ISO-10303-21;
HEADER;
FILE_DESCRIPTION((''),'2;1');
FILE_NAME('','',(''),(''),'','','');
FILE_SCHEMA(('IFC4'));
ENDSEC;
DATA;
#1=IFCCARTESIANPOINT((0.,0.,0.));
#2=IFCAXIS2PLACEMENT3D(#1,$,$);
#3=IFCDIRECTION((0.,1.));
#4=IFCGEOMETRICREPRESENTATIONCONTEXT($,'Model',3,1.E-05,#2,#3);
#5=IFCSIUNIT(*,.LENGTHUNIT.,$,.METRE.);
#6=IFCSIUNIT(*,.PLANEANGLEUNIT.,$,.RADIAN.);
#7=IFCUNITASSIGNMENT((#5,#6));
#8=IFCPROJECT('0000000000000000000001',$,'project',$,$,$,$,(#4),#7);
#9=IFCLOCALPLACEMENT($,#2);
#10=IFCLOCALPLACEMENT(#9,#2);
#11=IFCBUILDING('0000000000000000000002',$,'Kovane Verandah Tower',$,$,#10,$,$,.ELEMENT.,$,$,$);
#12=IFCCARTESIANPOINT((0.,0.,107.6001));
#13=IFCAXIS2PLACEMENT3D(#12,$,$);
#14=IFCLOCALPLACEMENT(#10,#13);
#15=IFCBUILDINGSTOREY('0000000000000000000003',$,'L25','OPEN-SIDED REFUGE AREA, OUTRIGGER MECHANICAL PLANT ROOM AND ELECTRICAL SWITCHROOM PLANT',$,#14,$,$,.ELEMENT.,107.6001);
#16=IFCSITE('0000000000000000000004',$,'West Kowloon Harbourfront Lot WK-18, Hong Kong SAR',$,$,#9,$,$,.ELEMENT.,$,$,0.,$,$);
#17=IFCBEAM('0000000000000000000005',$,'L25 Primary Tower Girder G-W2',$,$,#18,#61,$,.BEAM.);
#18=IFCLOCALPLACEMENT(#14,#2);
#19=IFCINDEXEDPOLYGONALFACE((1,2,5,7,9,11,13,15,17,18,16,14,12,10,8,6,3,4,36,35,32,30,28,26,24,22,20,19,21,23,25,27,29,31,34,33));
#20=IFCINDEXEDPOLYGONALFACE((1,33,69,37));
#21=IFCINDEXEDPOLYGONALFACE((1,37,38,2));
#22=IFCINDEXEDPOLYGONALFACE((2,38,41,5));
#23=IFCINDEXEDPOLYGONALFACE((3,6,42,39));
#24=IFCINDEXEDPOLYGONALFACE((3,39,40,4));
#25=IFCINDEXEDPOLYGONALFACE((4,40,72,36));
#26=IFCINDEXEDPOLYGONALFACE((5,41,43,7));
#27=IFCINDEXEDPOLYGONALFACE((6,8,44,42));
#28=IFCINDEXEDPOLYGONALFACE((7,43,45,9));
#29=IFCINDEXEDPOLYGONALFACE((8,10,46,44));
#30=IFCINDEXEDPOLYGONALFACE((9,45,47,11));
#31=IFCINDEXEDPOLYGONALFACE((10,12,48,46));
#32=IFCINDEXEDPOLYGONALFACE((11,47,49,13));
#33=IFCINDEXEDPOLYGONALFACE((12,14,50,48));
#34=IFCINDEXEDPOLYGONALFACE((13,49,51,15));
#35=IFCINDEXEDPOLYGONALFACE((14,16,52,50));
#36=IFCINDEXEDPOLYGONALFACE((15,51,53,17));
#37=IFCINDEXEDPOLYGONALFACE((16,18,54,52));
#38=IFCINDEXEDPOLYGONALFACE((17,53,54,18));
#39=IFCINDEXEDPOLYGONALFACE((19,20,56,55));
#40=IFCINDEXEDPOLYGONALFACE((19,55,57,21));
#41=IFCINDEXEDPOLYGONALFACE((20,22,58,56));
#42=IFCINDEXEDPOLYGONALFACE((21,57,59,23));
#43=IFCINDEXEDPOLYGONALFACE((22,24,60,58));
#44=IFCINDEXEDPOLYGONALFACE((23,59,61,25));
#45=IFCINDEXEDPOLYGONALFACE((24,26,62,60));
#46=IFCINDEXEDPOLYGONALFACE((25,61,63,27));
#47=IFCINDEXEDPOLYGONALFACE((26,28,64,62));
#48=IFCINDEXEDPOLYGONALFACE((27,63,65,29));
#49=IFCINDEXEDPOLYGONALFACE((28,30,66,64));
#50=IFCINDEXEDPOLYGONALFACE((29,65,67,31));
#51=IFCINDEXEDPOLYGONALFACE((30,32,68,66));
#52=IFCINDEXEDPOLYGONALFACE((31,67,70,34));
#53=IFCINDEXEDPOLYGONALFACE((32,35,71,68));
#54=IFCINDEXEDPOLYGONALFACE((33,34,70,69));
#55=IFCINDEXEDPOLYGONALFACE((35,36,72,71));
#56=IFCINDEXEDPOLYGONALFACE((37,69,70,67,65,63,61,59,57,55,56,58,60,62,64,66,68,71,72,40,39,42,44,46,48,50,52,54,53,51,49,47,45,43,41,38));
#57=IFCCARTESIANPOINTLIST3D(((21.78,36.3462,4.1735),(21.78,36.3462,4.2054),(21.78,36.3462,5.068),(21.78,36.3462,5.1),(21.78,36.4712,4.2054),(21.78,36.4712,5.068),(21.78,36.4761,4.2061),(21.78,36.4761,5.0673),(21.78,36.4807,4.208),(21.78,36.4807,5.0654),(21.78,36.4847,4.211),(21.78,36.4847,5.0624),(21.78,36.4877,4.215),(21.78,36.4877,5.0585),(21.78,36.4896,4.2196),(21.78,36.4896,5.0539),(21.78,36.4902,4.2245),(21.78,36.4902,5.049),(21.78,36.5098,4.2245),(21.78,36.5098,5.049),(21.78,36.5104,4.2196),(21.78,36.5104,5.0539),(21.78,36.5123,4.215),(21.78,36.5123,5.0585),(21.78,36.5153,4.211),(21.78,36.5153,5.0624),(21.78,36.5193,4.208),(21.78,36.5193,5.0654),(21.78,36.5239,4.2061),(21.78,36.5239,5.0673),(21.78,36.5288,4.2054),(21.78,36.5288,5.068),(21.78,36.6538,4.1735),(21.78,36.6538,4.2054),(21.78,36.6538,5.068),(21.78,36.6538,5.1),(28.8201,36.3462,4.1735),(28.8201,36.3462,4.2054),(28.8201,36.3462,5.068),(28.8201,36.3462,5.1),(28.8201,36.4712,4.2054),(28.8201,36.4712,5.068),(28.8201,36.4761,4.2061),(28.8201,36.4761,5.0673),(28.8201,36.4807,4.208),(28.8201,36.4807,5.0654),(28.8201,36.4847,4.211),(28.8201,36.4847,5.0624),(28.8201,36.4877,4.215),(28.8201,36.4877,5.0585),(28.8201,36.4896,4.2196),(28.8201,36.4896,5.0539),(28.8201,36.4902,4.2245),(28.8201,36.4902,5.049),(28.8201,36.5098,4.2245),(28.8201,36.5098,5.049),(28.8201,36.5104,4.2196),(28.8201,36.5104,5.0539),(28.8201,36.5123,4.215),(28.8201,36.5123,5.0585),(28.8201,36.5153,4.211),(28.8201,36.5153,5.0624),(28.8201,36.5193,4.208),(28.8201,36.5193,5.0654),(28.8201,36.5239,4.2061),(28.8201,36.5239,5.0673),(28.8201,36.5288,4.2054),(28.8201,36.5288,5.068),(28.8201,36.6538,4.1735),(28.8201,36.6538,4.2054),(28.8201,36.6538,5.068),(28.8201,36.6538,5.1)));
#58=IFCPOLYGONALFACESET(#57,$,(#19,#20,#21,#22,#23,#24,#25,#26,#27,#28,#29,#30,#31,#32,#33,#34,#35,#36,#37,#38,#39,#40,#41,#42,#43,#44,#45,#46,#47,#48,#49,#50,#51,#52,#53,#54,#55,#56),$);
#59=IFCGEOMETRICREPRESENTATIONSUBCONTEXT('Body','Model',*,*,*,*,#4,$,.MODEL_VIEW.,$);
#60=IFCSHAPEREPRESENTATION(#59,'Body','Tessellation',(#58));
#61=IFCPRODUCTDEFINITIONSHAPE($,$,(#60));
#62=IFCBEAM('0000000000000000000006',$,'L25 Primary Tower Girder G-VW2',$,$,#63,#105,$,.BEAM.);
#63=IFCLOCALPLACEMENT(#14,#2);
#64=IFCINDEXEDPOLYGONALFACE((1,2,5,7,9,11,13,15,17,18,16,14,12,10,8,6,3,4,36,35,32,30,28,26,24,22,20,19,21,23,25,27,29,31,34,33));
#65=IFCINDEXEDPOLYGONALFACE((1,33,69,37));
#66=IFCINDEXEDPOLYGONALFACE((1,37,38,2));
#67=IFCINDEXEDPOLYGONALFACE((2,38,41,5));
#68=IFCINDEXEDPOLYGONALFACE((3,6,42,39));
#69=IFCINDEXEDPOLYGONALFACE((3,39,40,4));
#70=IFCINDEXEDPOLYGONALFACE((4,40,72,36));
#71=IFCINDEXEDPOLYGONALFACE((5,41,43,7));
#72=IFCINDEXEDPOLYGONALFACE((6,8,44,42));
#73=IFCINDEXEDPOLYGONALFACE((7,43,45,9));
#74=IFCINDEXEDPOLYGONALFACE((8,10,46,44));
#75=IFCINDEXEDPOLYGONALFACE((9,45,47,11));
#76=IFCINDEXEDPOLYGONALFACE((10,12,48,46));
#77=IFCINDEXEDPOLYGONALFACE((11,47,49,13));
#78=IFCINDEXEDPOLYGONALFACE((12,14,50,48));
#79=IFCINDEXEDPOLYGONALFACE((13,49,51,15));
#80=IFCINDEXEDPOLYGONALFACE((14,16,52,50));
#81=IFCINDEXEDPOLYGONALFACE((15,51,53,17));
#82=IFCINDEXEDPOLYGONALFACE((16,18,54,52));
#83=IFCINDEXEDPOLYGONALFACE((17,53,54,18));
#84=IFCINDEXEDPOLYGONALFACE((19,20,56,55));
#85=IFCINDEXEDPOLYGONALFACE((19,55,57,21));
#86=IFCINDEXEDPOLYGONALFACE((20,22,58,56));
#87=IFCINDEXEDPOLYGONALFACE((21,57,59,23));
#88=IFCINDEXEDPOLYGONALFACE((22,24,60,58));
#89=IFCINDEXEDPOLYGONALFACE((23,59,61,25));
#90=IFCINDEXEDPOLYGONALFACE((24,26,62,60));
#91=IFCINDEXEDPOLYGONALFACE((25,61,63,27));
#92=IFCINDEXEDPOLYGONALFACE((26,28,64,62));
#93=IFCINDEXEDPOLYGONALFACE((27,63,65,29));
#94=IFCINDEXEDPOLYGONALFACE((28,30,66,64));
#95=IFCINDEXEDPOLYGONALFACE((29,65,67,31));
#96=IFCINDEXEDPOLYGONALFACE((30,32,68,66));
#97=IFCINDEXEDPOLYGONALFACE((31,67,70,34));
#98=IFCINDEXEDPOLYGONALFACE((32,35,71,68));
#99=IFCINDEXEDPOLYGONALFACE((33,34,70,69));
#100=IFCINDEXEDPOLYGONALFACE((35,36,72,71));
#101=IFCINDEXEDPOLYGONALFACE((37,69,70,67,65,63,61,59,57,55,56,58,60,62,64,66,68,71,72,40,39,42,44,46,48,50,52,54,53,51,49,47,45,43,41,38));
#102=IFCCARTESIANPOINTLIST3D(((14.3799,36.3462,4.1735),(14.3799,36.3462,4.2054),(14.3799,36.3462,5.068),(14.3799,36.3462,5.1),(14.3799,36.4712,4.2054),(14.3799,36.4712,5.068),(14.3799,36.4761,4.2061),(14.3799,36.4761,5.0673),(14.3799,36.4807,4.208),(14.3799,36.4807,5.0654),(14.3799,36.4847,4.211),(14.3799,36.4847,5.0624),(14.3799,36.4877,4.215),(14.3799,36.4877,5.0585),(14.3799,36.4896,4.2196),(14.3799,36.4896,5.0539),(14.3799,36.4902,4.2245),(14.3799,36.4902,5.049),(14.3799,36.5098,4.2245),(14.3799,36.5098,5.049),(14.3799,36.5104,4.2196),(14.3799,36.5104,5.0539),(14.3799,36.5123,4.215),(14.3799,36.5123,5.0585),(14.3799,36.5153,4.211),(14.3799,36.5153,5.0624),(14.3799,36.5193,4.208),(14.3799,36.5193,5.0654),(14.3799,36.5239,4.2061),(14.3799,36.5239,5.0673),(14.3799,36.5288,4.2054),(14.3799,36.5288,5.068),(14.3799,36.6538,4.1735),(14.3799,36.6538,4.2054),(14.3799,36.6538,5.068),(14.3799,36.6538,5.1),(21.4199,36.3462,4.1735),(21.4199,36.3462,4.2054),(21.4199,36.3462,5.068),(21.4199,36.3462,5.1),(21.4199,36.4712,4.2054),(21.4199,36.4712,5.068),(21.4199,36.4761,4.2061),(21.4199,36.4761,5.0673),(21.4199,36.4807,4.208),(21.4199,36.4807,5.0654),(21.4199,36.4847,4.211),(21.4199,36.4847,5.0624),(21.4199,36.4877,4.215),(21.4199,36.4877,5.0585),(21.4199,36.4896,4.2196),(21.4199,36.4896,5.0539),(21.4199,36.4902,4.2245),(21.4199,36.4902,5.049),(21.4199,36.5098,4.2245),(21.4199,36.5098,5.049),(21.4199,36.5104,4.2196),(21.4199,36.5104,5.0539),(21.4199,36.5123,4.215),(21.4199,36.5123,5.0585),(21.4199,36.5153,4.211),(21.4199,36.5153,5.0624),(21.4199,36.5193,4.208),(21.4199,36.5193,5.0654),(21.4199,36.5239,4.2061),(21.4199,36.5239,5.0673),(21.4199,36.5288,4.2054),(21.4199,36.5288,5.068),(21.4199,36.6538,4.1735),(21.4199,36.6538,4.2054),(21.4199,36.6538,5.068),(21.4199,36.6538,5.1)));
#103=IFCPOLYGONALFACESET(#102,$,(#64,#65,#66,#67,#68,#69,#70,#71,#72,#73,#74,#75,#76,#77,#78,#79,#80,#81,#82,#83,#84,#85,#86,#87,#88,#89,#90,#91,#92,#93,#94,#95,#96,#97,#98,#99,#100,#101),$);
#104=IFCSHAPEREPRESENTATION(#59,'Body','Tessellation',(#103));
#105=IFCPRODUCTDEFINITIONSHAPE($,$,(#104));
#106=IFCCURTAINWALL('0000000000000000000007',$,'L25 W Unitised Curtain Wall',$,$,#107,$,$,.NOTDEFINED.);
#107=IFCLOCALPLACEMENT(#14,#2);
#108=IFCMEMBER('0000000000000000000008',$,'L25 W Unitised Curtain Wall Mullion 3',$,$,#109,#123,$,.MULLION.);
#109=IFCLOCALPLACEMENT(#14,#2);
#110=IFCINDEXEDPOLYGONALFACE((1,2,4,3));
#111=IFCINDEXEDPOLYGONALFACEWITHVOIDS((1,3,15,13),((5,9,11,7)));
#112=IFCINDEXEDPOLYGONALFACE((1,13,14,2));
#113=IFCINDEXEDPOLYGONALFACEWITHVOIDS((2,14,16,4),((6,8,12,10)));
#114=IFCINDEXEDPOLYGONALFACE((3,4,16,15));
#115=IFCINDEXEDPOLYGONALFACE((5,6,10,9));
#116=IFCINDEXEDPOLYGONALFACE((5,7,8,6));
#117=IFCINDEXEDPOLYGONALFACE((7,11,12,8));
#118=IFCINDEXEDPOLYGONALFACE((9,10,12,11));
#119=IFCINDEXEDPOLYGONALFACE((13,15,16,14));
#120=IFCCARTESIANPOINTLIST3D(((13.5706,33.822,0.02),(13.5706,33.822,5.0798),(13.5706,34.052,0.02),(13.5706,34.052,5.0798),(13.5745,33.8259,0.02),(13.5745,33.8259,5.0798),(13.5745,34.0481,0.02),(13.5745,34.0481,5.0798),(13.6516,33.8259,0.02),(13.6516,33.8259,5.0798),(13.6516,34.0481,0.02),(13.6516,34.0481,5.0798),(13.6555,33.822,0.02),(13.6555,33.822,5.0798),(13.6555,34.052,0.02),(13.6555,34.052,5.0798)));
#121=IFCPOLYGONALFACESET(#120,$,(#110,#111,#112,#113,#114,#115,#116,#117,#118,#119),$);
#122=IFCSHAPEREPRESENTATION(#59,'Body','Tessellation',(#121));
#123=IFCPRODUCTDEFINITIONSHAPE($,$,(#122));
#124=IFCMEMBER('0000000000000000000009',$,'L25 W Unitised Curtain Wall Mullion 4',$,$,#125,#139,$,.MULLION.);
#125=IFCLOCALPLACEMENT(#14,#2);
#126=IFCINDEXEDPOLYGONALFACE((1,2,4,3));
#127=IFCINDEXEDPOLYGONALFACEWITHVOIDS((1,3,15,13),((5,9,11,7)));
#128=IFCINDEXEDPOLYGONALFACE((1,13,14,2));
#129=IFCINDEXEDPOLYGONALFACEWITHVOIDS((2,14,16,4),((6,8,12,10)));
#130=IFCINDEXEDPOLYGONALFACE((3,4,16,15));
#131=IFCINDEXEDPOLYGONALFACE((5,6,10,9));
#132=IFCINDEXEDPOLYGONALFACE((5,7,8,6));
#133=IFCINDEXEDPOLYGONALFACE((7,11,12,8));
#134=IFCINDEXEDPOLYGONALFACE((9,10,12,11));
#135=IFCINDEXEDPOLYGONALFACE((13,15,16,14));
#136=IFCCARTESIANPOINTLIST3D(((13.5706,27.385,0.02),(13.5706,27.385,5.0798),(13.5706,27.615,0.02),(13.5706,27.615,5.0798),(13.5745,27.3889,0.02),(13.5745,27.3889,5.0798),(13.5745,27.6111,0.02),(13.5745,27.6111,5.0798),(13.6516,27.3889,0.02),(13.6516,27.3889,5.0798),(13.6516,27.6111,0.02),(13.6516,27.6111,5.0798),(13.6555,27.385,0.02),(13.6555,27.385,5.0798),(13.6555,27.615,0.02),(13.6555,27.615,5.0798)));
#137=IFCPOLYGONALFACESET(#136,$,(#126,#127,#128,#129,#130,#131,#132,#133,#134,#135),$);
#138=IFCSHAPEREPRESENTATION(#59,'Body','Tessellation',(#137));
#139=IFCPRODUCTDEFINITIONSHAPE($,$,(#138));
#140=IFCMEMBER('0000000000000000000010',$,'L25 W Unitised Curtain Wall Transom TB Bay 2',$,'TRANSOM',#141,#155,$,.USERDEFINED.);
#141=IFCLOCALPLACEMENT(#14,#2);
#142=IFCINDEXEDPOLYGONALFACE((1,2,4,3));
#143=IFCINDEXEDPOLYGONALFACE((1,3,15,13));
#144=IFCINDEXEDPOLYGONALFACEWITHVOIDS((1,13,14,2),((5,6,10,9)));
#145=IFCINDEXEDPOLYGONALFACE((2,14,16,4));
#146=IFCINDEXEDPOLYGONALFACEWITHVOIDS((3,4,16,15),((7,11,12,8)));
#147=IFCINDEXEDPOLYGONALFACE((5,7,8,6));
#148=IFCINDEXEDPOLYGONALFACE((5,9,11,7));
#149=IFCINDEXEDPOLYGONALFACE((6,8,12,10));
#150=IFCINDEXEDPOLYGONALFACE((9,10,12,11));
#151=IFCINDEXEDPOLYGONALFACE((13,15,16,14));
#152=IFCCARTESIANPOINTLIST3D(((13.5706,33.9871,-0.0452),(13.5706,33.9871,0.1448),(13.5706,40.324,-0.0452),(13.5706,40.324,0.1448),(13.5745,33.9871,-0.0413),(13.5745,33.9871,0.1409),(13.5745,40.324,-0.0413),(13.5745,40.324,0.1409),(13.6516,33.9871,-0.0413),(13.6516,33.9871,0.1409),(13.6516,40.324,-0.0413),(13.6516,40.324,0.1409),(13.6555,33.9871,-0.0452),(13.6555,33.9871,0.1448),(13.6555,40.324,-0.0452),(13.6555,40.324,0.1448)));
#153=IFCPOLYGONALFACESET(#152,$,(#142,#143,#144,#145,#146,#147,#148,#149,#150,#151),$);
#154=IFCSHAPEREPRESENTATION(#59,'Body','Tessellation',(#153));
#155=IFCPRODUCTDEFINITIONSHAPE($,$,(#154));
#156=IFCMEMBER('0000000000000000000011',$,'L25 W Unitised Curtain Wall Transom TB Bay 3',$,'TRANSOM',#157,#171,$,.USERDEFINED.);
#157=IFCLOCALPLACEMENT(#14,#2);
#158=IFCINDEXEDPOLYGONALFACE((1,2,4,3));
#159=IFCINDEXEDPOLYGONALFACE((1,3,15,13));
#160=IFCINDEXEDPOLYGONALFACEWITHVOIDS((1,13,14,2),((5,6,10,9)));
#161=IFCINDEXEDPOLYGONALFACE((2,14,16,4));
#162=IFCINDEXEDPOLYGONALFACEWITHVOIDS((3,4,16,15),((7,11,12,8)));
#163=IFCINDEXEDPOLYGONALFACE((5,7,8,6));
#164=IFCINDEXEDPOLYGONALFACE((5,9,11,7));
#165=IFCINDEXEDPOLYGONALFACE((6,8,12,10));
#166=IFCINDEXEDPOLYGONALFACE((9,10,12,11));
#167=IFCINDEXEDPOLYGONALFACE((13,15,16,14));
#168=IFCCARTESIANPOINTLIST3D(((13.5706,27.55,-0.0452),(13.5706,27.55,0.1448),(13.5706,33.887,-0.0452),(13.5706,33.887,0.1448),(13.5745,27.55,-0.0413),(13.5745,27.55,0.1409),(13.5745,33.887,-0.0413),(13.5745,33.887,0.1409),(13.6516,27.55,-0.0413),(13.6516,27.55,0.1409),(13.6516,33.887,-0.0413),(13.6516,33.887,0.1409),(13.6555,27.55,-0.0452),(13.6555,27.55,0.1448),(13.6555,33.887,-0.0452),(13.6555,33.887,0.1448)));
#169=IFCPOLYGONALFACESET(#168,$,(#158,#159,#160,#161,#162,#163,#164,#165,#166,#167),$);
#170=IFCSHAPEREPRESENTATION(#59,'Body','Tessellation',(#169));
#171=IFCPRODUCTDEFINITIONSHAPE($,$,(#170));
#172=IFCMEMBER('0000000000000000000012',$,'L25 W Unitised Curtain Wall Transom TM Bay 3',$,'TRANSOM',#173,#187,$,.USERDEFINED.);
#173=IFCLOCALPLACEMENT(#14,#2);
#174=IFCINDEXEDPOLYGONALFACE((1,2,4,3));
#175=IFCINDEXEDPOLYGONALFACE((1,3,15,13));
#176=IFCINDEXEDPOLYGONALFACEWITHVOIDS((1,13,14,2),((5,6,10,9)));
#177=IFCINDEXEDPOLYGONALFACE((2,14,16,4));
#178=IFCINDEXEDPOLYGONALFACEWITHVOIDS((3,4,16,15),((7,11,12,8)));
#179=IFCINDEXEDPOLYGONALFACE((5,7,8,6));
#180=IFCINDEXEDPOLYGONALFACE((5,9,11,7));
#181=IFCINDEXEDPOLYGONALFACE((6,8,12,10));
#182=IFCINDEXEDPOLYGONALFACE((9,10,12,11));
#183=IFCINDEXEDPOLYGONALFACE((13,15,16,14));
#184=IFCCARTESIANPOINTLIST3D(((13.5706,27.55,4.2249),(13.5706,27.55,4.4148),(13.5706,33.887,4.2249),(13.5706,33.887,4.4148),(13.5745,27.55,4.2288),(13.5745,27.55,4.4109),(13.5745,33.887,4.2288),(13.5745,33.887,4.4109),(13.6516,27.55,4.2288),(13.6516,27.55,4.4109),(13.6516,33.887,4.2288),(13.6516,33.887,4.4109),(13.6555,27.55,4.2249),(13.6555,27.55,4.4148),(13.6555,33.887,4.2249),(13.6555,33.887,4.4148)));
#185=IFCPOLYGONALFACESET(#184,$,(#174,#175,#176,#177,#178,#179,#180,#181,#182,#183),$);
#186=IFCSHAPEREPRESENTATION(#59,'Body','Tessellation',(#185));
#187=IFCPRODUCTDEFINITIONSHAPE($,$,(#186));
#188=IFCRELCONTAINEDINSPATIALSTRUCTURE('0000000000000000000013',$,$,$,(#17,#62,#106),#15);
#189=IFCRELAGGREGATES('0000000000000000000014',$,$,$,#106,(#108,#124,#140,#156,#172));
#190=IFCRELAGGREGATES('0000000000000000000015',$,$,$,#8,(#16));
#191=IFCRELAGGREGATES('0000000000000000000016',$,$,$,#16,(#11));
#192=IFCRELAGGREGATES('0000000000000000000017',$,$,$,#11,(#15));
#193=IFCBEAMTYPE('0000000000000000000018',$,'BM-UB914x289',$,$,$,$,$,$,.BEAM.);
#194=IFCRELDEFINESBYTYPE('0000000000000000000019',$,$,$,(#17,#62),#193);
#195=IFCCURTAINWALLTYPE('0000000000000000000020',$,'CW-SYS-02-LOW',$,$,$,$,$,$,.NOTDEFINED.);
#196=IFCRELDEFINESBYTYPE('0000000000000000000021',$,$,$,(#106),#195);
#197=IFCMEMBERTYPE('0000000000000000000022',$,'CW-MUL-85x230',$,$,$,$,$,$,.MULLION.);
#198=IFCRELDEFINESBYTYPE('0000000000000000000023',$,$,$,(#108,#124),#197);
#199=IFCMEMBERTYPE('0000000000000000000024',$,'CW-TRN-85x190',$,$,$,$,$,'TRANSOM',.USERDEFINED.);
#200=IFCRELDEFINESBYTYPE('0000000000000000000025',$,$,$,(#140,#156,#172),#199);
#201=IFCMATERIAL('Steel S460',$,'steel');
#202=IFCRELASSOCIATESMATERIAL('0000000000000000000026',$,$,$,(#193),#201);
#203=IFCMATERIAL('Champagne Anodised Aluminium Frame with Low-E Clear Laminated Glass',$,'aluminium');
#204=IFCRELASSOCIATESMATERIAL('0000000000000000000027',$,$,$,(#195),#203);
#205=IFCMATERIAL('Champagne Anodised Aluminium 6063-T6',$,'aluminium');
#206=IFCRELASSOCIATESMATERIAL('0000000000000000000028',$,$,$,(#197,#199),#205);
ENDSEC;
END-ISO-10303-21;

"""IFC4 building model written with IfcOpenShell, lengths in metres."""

from ifc_helpers import new_model, si_unit, direction, frame, origin, origin_2d, place, context, subcontext, project, spatial, hollow_rectangle, i_section, extrude, material, material_profile, profile_set, type_object, element, aggregate, save


model = new_model("IFC4")

# Units and contexts
model_context = context("Model", 3, precision=1e-05, world=origin(), true_north=direction((0.0, 1.0)))
body_context = subcontext(model_context, "Body", "Model", "MODEL_VIEW")
ifc_project = project(units=[si_unit("LENGTHUNIT", "METRE"), si_unit("PLANEANGLEUNIT", "RADIAN")], contexts=[model_context])

# Site, building, storey
site_placement = place(None, origin())
site = spatial("IfcSite", under=ifc_project, at=site_placement, Name="West Kowloon Harbourfront Lot WK-18, Hong Kong SAR", CompositionType="ELEMENT", RefElevation=0.0)
building_placement = place(site_placement, origin())
building = spatial("IfcBuilding", under=site, at=building_placement, Name="Kovane Verandah Tower", CompositionType="ELEMENT")
storey_placement = place(building_placement, frame((0.0, 0.0, 107.6001)))
storey = spatial("IfcBuildingStorey", under=building, at=storey_placement, Name="L25", Description="OPEN-SIDED REFUGE AREA, OUTRIGGER MECHANICAL PLANT ROOM AND ELECTRICAL SWITCHROOM PLANT", CompositionType="ELEMENT", Elevation=107.6001)

# Shared definitions
ifc_material_1 = material(Name="Steel S460", Category="steel")

# Beams
ifc_material_profile_1 = material_profile(ifc_material_1, i_section(OverallWidth=0.3076, OverallDepth=0.9265, WebThickness=0.0195, FlangeThickness=0.032, FilletRadius=0.019, at=origin_2d()), Name="UB914x305x289")
ifc_profile_set_1 = profile_set([ifc_material_profile_1], Name="Steel S460")
beam_type_1 = type_object("IfcBeamType", Name="BM-UB914x289", PredefinedType="BEAM", material=ifc_profile_set_1)
for number, where, z_axis, x_axis, name in (
    (1, (28.8201, 36.5, 4.6367), (-1.0, 0.0, 0.0), (0.0, -1.0, 0.0), "L25 Primary Tower Girder G-W2"),
    (2, (21.4199, 36.5, 4.6367), (-1.0, 0.0, 0.0), (0.0, -1.0, 0.0), "L25 Primary Tower Girder G-VW2"),
):
    element("IfcBeam", number, at=place(storey_placement, frame(where, z_axis=z_axis, x_axis=x_axis)), inside=storey, type_object=beam_type_1, Name=name, PredefinedType="BEAM", context=body_context, shape_type="SweptSolid", body=[
        extrude(i_section(OverallWidth=0.3076, OverallDepth=0.9265, WebThickness=0.0195, FlangeThickness=0.032, FilletRadius=0.019, at=origin_2d()), origin(), (0.0, 0.0, 1.0), 7.04),
    ])

# Curtain wall, members
ifc_material_2 = material(Name="Champagne Anodised Aluminium Frame with Low-E Clear Laminated Glass", Category="aluminium")
curtain_wall_type = type_object("IfcCurtainWallType", Name="CW-SYS-02-LOW", PredefinedType="NOTDEFINED", material=ifc_material_2)
curtain_wall_placement = place(storey_placement, origin())
curtain_wall = element("IfcCurtainWall", 3, at=curtain_wall_placement, inside=storey, type_object=curtain_wall_type, Name="L25 W Unitised Curtain Wall", PredefinedType="NOTDEFINED")
ifc_material_3 = material(Name="Champagne Anodised Aluminium 6063-T6", Category="aluminium")
ifc_material_profile_2 = material_profile(ifc_material_3, hollow_rectangle(XDim=0.085, YDim=0.23, WallThickness=0.0039, at=origin_2d()), Name="AL85x230x4")
ifc_profile_set_2 = profile_set([ifc_material_profile_2], Name="Champagne Anodised Aluminium 6063-T6")
member_type_1 = type_object("IfcMemberType", Name="CW-MUL-85x230", PredefinedType="MULLION", material=ifc_profile_set_2)
member_1_placement = place(storey_placement, frame((13.613, 33.937, 0.02), z_axis=(0.0, 0.0, 1.0), x_axis=(-1.0, 0.0, 0.0)))
member_1 = element("IfcMember", 4, at=member_1_placement, type_object=member_type_1, Name="L25 W Unitised Curtain Wall Mullion 3", PredefinedType="MULLION", context=body_context, shape_type="SweptSolid", body=[
    extrude(hollow_rectangle(XDim=0.085, YDim=0.23, WallThickness=0.0039, at=origin_2d()), origin(), (0.0, 0.0, 1.0), 5.0598),
])
member_2_placement = place(storey_placement, frame((13.613, 27.5, 0.02), z_axis=(0.0, 0.0, 1.0), x_axis=(-1.0, 0.0, 0.0)))
member_2 = element("IfcMember", 5, at=member_2_placement, type_object=member_type_1, Name="L25 W Unitised Curtain Wall Mullion 4", PredefinedType="MULLION", context=body_context, shape_type="SweptSolid", body=[
    extrude(hollow_rectangle(XDim=0.085, YDim=0.23, WallThickness=0.0039, at=origin_2d()), origin(), (0.0, 0.0, 1.0), 5.0598),
])
ifc_material_profile_3 = material_profile(ifc_material_3, hollow_rectangle(XDim=0.085, YDim=0.1899, WallThickness=0.0039, at=origin_2d()), Name="AL85x190x4")
ifc_profile_set_3 = profile_set([ifc_material_profile_3], Name="Champagne Anodised Aluminium 6063-T6")
member_type_2 = type_object("IfcMemberType", Name="CW-TRN-85x190", ElementType="TRANSOM", PredefinedType="USERDEFINED", material=ifc_profile_set_3)
member_3_placement = place(storey_placement, frame((13.613, 40.324, 0.0498), z_axis=(0.0, -1.0, 0.0), x_axis=(1.0, 0.0, 0.0)))
member_3 = element("IfcMember", 6, at=member_3_placement, type_object=member_type_2, Name="L25 W Unitised Curtain Wall Transom TB Bay 2", ObjectType="TRANSOM", PredefinedType="USERDEFINED", context=body_context, shape_type="SweptSolid", body=[
    extrude(hollow_rectangle(XDim=0.085, YDim=0.1899, WallThickness=0.0039, at=origin_2d()), origin(), (0.0, 0.0, 1.0), 6.3369),
])
member_4_placement = place(storey_placement, frame((13.613, 33.887, 0.0498), z_axis=(0.0, -1.0, 0.0), x_axis=(1.0, 0.0, 0.0)))
member_4 = element("IfcMember", 7, at=member_4_placement, type_object=member_type_2, Name="L25 W Unitised Curtain Wall Transom TB Bay 3", ObjectType="TRANSOM", PredefinedType="USERDEFINED", context=body_context, shape_type="SweptSolid", body=[
    extrude(hollow_rectangle(XDim=0.085, YDim=0.1899, WallThickness=0.0039, at=origin_2d()), origin(), (0.0, 0.0, 1.0), 6.3369),
])
member_5_placement = place(storey_placement, frame((13.613, 33.887, 4.3198), z_axis=(0.0, -1.0, 0.0), x_axis=(1.0, 0.0, 0.0)))
member_5 = element("IfcMember", 8, at=member_5_placement, type_object=member_type_2, Name="L25 W Unitised Curtain Wall Transom TM Bay 3", ObjectType="TRANSOM", PredefinedType="USERDEFINED", context=body_context, shape_type="SweptSolid", body=[
    extrude(hollow_rectangle(XDim=0.085, YDim=0.1899, WallThickness=0.0039, at=origin_2d()), origin(), (0.0, 0.0, 1.0), 6.3369),
])

aggregate(curtain_wall, [member_1, member_2, member_3, member_4, member_5])

save(model, "model.ifc")
